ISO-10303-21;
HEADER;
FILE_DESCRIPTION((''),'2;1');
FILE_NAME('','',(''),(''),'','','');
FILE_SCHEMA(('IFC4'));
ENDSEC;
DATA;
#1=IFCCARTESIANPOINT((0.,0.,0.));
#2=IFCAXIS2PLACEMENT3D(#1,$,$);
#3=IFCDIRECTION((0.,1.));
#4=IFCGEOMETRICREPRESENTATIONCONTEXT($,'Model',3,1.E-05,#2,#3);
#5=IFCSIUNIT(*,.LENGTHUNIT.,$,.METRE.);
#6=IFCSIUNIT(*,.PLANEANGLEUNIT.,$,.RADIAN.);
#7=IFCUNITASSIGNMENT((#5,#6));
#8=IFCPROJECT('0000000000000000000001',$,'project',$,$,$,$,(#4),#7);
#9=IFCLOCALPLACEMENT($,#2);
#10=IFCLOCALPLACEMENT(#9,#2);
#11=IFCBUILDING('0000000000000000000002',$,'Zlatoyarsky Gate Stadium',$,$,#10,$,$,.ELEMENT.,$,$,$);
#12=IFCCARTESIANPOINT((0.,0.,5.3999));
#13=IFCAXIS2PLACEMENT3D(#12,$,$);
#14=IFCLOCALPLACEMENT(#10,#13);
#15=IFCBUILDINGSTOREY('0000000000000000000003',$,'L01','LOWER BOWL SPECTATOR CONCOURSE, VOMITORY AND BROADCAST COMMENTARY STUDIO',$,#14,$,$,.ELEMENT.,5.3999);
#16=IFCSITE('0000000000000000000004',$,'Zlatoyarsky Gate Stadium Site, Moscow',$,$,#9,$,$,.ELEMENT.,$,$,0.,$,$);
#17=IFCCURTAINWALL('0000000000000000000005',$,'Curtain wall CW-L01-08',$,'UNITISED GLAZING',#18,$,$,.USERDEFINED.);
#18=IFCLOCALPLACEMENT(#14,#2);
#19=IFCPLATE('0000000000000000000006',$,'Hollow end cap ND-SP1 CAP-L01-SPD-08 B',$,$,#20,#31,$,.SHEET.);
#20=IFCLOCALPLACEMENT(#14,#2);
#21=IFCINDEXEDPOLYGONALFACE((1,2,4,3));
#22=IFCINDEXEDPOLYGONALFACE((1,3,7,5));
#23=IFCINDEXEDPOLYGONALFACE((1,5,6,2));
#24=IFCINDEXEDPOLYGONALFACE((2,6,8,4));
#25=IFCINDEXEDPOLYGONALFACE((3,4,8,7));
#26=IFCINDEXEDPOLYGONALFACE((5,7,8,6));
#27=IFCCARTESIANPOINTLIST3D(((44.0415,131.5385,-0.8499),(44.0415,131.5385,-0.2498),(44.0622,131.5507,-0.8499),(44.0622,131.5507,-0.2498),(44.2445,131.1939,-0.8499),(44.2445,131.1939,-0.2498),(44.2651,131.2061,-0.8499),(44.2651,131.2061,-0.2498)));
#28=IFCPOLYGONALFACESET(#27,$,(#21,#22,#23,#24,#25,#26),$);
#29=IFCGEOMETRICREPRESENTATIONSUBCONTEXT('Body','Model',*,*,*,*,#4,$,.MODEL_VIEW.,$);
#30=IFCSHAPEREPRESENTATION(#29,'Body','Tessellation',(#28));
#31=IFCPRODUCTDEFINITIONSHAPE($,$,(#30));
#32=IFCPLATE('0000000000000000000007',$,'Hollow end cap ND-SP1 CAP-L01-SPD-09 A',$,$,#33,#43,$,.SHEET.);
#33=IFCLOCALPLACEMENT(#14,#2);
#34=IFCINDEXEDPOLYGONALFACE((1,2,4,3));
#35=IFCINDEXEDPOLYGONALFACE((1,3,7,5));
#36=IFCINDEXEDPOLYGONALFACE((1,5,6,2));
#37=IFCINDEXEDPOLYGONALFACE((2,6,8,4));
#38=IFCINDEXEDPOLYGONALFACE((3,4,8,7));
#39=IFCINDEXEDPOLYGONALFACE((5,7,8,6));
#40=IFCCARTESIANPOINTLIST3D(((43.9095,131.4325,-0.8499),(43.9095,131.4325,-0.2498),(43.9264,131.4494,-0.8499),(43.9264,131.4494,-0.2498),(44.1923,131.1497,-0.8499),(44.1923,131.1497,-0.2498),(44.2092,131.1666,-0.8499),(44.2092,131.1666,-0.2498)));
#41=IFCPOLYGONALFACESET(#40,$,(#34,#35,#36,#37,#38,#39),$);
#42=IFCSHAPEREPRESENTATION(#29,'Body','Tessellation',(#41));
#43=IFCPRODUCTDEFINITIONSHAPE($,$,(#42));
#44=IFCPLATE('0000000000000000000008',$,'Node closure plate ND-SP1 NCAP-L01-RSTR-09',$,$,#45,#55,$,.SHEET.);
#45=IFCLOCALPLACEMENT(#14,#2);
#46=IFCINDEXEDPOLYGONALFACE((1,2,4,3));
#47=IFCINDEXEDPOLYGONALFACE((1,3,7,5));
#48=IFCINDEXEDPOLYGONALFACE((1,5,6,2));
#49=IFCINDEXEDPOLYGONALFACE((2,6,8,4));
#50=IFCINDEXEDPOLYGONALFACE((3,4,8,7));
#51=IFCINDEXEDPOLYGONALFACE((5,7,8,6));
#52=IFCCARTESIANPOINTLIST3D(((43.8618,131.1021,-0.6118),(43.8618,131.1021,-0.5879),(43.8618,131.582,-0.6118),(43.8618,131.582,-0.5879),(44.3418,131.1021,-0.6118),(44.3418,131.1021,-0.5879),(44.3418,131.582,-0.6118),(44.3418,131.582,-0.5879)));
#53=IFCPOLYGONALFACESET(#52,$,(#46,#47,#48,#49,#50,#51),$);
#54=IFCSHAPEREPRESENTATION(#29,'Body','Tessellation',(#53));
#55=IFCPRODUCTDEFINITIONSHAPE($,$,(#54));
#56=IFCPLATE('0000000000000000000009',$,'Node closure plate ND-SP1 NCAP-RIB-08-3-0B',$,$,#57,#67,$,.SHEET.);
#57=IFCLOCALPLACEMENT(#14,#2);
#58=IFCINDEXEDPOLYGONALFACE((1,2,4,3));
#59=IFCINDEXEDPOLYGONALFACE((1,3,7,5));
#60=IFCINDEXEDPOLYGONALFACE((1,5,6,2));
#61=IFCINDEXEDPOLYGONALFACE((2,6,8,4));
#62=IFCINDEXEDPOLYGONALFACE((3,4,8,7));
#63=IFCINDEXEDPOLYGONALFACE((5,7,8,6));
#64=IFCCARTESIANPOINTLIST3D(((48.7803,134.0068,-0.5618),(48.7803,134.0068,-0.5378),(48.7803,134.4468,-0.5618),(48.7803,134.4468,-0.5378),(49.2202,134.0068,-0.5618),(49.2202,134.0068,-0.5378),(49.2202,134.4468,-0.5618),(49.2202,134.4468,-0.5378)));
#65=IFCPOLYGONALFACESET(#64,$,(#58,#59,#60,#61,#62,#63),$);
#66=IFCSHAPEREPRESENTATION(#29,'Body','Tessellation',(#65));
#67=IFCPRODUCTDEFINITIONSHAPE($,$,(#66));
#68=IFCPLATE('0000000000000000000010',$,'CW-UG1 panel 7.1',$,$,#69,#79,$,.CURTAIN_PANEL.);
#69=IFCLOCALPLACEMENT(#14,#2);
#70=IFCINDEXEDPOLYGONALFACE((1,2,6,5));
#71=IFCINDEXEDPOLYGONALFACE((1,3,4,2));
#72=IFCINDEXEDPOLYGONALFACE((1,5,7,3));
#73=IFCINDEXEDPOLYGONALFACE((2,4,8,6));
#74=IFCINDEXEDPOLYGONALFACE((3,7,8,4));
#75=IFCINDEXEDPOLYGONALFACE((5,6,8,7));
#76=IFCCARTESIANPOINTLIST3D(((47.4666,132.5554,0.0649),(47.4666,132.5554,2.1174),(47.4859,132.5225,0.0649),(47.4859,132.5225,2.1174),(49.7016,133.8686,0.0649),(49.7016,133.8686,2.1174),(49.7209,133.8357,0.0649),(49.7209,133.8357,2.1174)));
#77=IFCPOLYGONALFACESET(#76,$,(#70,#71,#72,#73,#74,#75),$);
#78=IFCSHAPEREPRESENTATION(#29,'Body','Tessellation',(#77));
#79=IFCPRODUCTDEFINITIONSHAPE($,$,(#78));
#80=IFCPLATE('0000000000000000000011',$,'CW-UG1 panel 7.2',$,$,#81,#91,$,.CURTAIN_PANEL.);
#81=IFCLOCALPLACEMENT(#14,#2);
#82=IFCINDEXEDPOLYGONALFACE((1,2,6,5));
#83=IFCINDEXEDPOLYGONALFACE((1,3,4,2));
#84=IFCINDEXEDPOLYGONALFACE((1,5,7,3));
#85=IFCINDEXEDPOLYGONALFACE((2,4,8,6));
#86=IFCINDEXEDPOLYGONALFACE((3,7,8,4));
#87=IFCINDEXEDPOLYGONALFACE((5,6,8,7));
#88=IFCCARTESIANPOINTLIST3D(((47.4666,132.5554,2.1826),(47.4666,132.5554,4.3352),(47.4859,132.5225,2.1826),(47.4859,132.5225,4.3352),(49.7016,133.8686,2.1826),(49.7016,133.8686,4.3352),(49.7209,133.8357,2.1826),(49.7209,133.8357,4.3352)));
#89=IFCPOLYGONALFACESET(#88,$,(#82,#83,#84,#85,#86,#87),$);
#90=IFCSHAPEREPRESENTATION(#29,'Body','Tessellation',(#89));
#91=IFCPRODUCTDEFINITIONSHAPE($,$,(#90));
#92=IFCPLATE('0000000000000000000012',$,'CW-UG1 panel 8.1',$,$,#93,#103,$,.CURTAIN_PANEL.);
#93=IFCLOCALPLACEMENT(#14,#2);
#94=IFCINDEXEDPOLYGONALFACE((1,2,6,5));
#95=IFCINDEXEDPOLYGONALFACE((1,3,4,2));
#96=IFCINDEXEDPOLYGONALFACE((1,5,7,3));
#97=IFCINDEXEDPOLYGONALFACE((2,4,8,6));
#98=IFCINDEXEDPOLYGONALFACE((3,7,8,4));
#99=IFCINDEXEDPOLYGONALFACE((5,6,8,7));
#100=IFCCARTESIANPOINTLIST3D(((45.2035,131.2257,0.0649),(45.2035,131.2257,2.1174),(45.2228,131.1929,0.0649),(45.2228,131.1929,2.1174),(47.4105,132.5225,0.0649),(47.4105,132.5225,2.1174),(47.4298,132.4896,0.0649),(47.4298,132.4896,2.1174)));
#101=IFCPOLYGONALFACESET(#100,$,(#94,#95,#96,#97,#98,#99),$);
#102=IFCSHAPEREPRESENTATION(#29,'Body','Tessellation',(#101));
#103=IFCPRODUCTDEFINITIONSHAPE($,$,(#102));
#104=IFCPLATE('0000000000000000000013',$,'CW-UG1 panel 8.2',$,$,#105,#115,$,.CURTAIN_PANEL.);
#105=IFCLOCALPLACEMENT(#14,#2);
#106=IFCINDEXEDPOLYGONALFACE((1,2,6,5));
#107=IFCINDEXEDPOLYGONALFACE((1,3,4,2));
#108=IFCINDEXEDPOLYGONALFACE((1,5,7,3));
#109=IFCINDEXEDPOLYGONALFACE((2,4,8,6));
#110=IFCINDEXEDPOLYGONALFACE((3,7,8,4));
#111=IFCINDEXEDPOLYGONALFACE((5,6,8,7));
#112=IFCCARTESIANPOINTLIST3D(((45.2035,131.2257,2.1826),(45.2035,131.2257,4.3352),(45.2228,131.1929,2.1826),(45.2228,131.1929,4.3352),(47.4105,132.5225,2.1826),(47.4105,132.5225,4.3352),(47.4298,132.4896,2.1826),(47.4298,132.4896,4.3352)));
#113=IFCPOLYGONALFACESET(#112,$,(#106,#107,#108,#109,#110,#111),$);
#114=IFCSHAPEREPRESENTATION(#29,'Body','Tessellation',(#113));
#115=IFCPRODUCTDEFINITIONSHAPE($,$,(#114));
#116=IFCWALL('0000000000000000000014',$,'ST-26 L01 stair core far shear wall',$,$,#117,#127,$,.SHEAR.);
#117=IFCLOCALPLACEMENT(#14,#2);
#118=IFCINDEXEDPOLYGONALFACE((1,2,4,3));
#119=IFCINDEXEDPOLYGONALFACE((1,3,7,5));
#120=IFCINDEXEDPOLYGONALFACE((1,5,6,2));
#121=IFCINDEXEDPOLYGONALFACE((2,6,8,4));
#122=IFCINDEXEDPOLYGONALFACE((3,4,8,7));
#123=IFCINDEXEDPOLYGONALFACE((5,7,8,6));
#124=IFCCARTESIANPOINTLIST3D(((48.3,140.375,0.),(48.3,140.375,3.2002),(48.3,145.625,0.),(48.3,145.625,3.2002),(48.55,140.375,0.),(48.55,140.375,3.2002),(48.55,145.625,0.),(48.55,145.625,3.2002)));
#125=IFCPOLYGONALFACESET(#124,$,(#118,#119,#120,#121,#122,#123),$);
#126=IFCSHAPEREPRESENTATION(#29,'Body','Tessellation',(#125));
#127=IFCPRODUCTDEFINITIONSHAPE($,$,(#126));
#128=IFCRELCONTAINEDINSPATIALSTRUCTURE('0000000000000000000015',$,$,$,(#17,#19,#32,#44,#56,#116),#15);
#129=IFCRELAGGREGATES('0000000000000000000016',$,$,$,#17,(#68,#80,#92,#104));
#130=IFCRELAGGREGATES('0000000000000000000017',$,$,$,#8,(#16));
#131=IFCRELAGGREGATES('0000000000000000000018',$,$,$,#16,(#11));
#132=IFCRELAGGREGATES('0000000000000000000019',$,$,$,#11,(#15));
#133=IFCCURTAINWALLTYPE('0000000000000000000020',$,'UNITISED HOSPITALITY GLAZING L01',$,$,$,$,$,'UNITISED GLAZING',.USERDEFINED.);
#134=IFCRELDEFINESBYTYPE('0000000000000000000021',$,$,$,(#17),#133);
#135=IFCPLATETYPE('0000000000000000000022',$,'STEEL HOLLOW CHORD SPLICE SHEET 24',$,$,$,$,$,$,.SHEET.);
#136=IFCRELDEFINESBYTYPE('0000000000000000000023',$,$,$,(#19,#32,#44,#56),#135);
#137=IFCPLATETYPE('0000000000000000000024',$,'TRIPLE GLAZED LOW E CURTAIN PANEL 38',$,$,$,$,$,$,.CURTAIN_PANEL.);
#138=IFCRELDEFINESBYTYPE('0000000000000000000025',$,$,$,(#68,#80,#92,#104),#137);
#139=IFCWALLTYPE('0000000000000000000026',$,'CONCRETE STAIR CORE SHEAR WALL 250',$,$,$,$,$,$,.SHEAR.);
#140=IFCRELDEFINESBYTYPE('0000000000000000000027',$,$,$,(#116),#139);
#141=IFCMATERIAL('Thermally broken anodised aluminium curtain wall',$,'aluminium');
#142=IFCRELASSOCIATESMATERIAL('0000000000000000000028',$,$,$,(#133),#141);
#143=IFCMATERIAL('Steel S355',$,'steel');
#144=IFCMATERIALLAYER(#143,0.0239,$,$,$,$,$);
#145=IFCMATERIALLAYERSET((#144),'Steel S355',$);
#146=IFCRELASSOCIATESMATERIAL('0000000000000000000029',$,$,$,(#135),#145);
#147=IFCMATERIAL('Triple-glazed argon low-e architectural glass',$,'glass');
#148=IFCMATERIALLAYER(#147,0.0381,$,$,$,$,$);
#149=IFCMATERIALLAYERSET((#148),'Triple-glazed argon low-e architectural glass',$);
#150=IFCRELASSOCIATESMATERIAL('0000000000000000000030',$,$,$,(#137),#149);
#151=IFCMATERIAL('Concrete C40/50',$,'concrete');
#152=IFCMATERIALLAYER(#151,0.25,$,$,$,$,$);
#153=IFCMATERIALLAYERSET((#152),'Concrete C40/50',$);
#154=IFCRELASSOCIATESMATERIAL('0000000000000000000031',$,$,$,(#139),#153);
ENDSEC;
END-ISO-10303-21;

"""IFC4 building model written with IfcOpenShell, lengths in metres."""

from ifc_helpers import new_model, si_unit, direction, frame, frame_2d, origin, origin_2d, place, context, subcontext, project, spatial, rectangle, extrude, material, layer, layer_set, type_object, element, aggregate, save


model = new_model("IFC4")

# Units and contexts
model_context = context("Model", 3, precision=1e-05, world=origin(), true_north=direction((0.0, 1.0)))
body_context = subcontext(model_context, "Body", "Model", "MODEL_VIEW")
ifc_project = project(units=[si_unit("LENGTHUNIT", "METRE"), si_unit("PLANEANGLEUNIT", "RADIAN")], contexts=[model_context])

# Site, building, storey
site_placement = place(None, origin())
site = spatial("IfcSite", under=ifc_project, at=site_placement, Name="Zlatoyarsky Gate Stadium Site, Moscow", CompositionType="ELEMENT", RefElevation=0.0)
building_placement = place(site_placement, origin())
building = spatial("IfcBuilding", under=site, at=building_placement, Name="Zlatoyarsky Gate Stadium", CompositionType="ELEMENT")
storey_placement = place(building_placement, frame((0.0, 0.0, 5.3999)))
storey = spatial("IfcBuildingStorey", under=building, at=storey_placement, Name="L01", Description="LOWER BOWL SPECTATOR CONCOURSE, VOMITORY AND BROADCAST COMMENTARY STUDIO", CompositionType="ELEMENT", Elevation=5.3999)

# Shared definitions
ifc_material_1 = material(Name="Steel S355", Category="steel")

# Curtain wall
ifc_material_2 = material(Name="Thermally broken anodised aluminium curtain wall", Category="aluminium")
curtain_wall_type = type_object("IfcCurtainWallType", Name="UNITISED HOSPITALITY GLAZING L01", ElementType="UNITISED GLAZING", PredefinedType="USERDEFINED", material=ifc_material_2)
curtain_wall_1_placement = place(storey_placement, origin())
curtain_wall_1 = element("IfcCurtainWall", 1, at=curtain_wall_1_placement, inside=storey, type_object=curtain_wall_type, Name="Curtain wall CW-L01-08", ObjectType="UNITISED GLAZING", PredefinedType="USERDEFINED")

# Plates
ifc_layer_1 = layer(ifc_material_1, 0.0239)
ifc_layer_set_1 = layer_set([ifc_layer_1], Name="Steel S355")
plate_type_1 = type_object("IfcPlateType", Name="STEEL HOLLOW CHORD SPLICE SHEET 24", PredefinedType="SHEET", material=ifc_layer_set_1)
for number, where, z_axis, x_axis, name in (
    (2, (44.1533, 131.3723, -0.8499), (0.0, 0.0, 1.0), (-0.861687, -0.50744, 0.0), "Hollow end cap ND-SP1 CAP-L01-SPD-08 B"),
    (3, (44.0593, 131.2996, -0.8499), (0.0, 0.0, 1.0), (-0.707043, -0.70717, 0.0), "Hollow end cap ND-SP1 CAP-L01-SPD-09 A"),
):
    element("IfcPlate", number, at=place(storey_placement, frame(where, z_axis=z_axis, x_axis=x_axis)), inside=storey, type_object=plate_type_1, Name=name, PredefinedType="SHEET", context=body_context, shape_type="SweptSolid", body=[
        extrude(rectangle(XDim=0.0239, YDim=0.3999, at=origin_2d()), origin(), (0.0, 0.0, 1.0), 0.6001),
    ])
plate_1_placement = place(storey_placement, frame((44.1018, 131.342, -0.6118), z_axis=(0.0, 0.0, 1.0), x_axis=(1.0, 0.0, 0.0)))
element("IfcPlate", 4, at=plate_1_placement, inside=storey, type_object=plate_type_1, Name="Node closure plate ND-SP1 NCAP-L01-RSTR-09", PredefinedType="SHEET", context=body_context, shape_type="SweptSolid", body=[
    extrude(rectangle(XDim=0.48, YDim=0.48, at=origin_2d()), origin(), (0.0, 0.0, 1.0), 0.0239),
])
plate_2_placement = place(storey_placement, frame((49.0002, 134.2268, -0.5618), z_axis=(0.0, 0.0, 1.0), x_axis=(1.0, 0.0, 0.0)))
element("IfcPlate", 5, at=plate_2_placement, inside=storey, type_object=plate_type_1, Name="Node closure plate ND-SP1 NCAP-RIB-08-3-0B", PredefinedType="SHEET", context=body_context, shape_type="SweptSolid", body=[
    extrude(rectangle(XDim=0.4399, YDim=0.4399, at=origin_2d()), origin(), (0.0, 0.0, 1.0), 0.0239),
])

# Plates
ifc_material_3 = material(Name="Triple-glazed argon low-e architectural glass", Category="glass")
ifc_layer_2 = layer(ifc_material_3, 0.0381)
ifc_layer_set_2 = layer_set([ifc_layer_2], Name="Triple-glazed argon low-e architectural glass")
plate_type_2 = type_object("IfcPlateType", Name="TRIPLE GLAZED LOW E CURTAIN PANEL 38", PredefinedType="CURTAIN_PANEL", material=ifc_layer_set_2)
plate_3_placement = place(storey_placement, frame((48.5938, 133.1956, 0.0649), z_axis=(0.0, 0.0, 1.0), x_axis=(-0.862188, -0.506588, 0.0)))
plate_3 = element("IfcPlate", 6, at=plate_3_placement, type_object=plate_type_2, Name="CW-UG1 panel 7.1", PredefinedType="CURTAIN_PANEL", context=body_context, shape_type="SweptSolid", body=[
    extrude(rectangle(XDim=2.5923, YDim=0.0381, at=origin_2d()), origin(), (0.0, 0.0, 1.0), 2.0525),
])
plate_4_placement = place(storey_placement, frame((48.5938, 133.1956, 2.1826), z_axis=(0.0, 0.0, 1.0), x_axis=(-0.862188, -0.506588, 0.0)))
plate_4 = element("IfcPlate", 7, at=plate_4_placement, type_object=plate_type_2, Name="CW-UG1 panel 7.2", PredefinedType="CURTAIN_PANEL", context=body_context, shape_type="SweptSolid", body=[
    extrude(rectangle(XDim=2.5923, YDim=0.0381, at=origin_2d()), origin(), (0.0, 0.0, 1.0), 2.1526),
])
plate_5_placement = place(storey_placement, frame((46.3167, 131.8577, 0.0649), z_axis=(0.0, 0.0, 1.0), x_axis=(-0.862188, -0.506588, 0.0)))
plate_5 = element("IfcPlate", 8, at=plate_5_placement, type_object=plate_type_2, Name="CW-UG1 panel 8.1", PredefinedType="CURTAIN_PANEL", context=body_context, shape_type="SweptSolid", body=[
    extrude(rectangle(XDim=2.5598, YDim=0.0381, at=origin_2d()), origin(), (0.0, 0.0, 1.0), 2.0525),
])
plate_6_placement = place(storey_placement, frame((46.3167, 131.8577, 2.1826), z_axis=(0.0, 0.0, 1.0), x_axis=(-0.862188, -0.506588, 0.0)))
plate_6 = element("IfcPlate", 9, at=plate_6_placement, type_object=plate_type_2, Name="CW-UG1 panel 8.2", PredefinedType="CURTAIN_PANEL", context=body_context, shape_type="SweptSolid", body=[
    extrude(rectangle(XDim=2.5598, YDim=0.0381, at=origin_2d()), origin(), (0.0, 0.0, 1.0), 2.1526),
])
aggregate(curtain_wall_1, [plate_3, plate_4, plate_5, plate_6])

# Wall
ifc_material_4 = material(Name="Concrete C40/50", Category="concrete")
ifc_layer_3 = layer(ifc_material_4, 0.25)
ifc_layer_set_3 = layer_set([ifc_layer_3], Name="Concrete C40/50")
wall_type = type_object("IfcWallType", Name="CONCRETE STAIR CORE SHEAR WALL 250", PredefinedType="SHEAR", material=ifc_layer_set_3)
wall_placement = place(storey_placement, frame((48.425, 140.375, 0.0), z_axis=(0.0, 0.0, 1.0), x_axis=(0.0, 1.0, 0.0)))
element("IfcWall", 10, at=wall_placement, inside=storey, type_object=wall_type, Name="ST-26 L01 stair core far shear wall", PredefinedType="SHEAR", context=body_context, shape_type="SweptSolid", body=[
    extrude(rectangle(XDim=5.25, YDim=0.25, at=frame_2d((2.625, 0.0))), origin(), (0.0, 0.0, 1.0), 3.2002),
])

save(model, "model.ifc")
